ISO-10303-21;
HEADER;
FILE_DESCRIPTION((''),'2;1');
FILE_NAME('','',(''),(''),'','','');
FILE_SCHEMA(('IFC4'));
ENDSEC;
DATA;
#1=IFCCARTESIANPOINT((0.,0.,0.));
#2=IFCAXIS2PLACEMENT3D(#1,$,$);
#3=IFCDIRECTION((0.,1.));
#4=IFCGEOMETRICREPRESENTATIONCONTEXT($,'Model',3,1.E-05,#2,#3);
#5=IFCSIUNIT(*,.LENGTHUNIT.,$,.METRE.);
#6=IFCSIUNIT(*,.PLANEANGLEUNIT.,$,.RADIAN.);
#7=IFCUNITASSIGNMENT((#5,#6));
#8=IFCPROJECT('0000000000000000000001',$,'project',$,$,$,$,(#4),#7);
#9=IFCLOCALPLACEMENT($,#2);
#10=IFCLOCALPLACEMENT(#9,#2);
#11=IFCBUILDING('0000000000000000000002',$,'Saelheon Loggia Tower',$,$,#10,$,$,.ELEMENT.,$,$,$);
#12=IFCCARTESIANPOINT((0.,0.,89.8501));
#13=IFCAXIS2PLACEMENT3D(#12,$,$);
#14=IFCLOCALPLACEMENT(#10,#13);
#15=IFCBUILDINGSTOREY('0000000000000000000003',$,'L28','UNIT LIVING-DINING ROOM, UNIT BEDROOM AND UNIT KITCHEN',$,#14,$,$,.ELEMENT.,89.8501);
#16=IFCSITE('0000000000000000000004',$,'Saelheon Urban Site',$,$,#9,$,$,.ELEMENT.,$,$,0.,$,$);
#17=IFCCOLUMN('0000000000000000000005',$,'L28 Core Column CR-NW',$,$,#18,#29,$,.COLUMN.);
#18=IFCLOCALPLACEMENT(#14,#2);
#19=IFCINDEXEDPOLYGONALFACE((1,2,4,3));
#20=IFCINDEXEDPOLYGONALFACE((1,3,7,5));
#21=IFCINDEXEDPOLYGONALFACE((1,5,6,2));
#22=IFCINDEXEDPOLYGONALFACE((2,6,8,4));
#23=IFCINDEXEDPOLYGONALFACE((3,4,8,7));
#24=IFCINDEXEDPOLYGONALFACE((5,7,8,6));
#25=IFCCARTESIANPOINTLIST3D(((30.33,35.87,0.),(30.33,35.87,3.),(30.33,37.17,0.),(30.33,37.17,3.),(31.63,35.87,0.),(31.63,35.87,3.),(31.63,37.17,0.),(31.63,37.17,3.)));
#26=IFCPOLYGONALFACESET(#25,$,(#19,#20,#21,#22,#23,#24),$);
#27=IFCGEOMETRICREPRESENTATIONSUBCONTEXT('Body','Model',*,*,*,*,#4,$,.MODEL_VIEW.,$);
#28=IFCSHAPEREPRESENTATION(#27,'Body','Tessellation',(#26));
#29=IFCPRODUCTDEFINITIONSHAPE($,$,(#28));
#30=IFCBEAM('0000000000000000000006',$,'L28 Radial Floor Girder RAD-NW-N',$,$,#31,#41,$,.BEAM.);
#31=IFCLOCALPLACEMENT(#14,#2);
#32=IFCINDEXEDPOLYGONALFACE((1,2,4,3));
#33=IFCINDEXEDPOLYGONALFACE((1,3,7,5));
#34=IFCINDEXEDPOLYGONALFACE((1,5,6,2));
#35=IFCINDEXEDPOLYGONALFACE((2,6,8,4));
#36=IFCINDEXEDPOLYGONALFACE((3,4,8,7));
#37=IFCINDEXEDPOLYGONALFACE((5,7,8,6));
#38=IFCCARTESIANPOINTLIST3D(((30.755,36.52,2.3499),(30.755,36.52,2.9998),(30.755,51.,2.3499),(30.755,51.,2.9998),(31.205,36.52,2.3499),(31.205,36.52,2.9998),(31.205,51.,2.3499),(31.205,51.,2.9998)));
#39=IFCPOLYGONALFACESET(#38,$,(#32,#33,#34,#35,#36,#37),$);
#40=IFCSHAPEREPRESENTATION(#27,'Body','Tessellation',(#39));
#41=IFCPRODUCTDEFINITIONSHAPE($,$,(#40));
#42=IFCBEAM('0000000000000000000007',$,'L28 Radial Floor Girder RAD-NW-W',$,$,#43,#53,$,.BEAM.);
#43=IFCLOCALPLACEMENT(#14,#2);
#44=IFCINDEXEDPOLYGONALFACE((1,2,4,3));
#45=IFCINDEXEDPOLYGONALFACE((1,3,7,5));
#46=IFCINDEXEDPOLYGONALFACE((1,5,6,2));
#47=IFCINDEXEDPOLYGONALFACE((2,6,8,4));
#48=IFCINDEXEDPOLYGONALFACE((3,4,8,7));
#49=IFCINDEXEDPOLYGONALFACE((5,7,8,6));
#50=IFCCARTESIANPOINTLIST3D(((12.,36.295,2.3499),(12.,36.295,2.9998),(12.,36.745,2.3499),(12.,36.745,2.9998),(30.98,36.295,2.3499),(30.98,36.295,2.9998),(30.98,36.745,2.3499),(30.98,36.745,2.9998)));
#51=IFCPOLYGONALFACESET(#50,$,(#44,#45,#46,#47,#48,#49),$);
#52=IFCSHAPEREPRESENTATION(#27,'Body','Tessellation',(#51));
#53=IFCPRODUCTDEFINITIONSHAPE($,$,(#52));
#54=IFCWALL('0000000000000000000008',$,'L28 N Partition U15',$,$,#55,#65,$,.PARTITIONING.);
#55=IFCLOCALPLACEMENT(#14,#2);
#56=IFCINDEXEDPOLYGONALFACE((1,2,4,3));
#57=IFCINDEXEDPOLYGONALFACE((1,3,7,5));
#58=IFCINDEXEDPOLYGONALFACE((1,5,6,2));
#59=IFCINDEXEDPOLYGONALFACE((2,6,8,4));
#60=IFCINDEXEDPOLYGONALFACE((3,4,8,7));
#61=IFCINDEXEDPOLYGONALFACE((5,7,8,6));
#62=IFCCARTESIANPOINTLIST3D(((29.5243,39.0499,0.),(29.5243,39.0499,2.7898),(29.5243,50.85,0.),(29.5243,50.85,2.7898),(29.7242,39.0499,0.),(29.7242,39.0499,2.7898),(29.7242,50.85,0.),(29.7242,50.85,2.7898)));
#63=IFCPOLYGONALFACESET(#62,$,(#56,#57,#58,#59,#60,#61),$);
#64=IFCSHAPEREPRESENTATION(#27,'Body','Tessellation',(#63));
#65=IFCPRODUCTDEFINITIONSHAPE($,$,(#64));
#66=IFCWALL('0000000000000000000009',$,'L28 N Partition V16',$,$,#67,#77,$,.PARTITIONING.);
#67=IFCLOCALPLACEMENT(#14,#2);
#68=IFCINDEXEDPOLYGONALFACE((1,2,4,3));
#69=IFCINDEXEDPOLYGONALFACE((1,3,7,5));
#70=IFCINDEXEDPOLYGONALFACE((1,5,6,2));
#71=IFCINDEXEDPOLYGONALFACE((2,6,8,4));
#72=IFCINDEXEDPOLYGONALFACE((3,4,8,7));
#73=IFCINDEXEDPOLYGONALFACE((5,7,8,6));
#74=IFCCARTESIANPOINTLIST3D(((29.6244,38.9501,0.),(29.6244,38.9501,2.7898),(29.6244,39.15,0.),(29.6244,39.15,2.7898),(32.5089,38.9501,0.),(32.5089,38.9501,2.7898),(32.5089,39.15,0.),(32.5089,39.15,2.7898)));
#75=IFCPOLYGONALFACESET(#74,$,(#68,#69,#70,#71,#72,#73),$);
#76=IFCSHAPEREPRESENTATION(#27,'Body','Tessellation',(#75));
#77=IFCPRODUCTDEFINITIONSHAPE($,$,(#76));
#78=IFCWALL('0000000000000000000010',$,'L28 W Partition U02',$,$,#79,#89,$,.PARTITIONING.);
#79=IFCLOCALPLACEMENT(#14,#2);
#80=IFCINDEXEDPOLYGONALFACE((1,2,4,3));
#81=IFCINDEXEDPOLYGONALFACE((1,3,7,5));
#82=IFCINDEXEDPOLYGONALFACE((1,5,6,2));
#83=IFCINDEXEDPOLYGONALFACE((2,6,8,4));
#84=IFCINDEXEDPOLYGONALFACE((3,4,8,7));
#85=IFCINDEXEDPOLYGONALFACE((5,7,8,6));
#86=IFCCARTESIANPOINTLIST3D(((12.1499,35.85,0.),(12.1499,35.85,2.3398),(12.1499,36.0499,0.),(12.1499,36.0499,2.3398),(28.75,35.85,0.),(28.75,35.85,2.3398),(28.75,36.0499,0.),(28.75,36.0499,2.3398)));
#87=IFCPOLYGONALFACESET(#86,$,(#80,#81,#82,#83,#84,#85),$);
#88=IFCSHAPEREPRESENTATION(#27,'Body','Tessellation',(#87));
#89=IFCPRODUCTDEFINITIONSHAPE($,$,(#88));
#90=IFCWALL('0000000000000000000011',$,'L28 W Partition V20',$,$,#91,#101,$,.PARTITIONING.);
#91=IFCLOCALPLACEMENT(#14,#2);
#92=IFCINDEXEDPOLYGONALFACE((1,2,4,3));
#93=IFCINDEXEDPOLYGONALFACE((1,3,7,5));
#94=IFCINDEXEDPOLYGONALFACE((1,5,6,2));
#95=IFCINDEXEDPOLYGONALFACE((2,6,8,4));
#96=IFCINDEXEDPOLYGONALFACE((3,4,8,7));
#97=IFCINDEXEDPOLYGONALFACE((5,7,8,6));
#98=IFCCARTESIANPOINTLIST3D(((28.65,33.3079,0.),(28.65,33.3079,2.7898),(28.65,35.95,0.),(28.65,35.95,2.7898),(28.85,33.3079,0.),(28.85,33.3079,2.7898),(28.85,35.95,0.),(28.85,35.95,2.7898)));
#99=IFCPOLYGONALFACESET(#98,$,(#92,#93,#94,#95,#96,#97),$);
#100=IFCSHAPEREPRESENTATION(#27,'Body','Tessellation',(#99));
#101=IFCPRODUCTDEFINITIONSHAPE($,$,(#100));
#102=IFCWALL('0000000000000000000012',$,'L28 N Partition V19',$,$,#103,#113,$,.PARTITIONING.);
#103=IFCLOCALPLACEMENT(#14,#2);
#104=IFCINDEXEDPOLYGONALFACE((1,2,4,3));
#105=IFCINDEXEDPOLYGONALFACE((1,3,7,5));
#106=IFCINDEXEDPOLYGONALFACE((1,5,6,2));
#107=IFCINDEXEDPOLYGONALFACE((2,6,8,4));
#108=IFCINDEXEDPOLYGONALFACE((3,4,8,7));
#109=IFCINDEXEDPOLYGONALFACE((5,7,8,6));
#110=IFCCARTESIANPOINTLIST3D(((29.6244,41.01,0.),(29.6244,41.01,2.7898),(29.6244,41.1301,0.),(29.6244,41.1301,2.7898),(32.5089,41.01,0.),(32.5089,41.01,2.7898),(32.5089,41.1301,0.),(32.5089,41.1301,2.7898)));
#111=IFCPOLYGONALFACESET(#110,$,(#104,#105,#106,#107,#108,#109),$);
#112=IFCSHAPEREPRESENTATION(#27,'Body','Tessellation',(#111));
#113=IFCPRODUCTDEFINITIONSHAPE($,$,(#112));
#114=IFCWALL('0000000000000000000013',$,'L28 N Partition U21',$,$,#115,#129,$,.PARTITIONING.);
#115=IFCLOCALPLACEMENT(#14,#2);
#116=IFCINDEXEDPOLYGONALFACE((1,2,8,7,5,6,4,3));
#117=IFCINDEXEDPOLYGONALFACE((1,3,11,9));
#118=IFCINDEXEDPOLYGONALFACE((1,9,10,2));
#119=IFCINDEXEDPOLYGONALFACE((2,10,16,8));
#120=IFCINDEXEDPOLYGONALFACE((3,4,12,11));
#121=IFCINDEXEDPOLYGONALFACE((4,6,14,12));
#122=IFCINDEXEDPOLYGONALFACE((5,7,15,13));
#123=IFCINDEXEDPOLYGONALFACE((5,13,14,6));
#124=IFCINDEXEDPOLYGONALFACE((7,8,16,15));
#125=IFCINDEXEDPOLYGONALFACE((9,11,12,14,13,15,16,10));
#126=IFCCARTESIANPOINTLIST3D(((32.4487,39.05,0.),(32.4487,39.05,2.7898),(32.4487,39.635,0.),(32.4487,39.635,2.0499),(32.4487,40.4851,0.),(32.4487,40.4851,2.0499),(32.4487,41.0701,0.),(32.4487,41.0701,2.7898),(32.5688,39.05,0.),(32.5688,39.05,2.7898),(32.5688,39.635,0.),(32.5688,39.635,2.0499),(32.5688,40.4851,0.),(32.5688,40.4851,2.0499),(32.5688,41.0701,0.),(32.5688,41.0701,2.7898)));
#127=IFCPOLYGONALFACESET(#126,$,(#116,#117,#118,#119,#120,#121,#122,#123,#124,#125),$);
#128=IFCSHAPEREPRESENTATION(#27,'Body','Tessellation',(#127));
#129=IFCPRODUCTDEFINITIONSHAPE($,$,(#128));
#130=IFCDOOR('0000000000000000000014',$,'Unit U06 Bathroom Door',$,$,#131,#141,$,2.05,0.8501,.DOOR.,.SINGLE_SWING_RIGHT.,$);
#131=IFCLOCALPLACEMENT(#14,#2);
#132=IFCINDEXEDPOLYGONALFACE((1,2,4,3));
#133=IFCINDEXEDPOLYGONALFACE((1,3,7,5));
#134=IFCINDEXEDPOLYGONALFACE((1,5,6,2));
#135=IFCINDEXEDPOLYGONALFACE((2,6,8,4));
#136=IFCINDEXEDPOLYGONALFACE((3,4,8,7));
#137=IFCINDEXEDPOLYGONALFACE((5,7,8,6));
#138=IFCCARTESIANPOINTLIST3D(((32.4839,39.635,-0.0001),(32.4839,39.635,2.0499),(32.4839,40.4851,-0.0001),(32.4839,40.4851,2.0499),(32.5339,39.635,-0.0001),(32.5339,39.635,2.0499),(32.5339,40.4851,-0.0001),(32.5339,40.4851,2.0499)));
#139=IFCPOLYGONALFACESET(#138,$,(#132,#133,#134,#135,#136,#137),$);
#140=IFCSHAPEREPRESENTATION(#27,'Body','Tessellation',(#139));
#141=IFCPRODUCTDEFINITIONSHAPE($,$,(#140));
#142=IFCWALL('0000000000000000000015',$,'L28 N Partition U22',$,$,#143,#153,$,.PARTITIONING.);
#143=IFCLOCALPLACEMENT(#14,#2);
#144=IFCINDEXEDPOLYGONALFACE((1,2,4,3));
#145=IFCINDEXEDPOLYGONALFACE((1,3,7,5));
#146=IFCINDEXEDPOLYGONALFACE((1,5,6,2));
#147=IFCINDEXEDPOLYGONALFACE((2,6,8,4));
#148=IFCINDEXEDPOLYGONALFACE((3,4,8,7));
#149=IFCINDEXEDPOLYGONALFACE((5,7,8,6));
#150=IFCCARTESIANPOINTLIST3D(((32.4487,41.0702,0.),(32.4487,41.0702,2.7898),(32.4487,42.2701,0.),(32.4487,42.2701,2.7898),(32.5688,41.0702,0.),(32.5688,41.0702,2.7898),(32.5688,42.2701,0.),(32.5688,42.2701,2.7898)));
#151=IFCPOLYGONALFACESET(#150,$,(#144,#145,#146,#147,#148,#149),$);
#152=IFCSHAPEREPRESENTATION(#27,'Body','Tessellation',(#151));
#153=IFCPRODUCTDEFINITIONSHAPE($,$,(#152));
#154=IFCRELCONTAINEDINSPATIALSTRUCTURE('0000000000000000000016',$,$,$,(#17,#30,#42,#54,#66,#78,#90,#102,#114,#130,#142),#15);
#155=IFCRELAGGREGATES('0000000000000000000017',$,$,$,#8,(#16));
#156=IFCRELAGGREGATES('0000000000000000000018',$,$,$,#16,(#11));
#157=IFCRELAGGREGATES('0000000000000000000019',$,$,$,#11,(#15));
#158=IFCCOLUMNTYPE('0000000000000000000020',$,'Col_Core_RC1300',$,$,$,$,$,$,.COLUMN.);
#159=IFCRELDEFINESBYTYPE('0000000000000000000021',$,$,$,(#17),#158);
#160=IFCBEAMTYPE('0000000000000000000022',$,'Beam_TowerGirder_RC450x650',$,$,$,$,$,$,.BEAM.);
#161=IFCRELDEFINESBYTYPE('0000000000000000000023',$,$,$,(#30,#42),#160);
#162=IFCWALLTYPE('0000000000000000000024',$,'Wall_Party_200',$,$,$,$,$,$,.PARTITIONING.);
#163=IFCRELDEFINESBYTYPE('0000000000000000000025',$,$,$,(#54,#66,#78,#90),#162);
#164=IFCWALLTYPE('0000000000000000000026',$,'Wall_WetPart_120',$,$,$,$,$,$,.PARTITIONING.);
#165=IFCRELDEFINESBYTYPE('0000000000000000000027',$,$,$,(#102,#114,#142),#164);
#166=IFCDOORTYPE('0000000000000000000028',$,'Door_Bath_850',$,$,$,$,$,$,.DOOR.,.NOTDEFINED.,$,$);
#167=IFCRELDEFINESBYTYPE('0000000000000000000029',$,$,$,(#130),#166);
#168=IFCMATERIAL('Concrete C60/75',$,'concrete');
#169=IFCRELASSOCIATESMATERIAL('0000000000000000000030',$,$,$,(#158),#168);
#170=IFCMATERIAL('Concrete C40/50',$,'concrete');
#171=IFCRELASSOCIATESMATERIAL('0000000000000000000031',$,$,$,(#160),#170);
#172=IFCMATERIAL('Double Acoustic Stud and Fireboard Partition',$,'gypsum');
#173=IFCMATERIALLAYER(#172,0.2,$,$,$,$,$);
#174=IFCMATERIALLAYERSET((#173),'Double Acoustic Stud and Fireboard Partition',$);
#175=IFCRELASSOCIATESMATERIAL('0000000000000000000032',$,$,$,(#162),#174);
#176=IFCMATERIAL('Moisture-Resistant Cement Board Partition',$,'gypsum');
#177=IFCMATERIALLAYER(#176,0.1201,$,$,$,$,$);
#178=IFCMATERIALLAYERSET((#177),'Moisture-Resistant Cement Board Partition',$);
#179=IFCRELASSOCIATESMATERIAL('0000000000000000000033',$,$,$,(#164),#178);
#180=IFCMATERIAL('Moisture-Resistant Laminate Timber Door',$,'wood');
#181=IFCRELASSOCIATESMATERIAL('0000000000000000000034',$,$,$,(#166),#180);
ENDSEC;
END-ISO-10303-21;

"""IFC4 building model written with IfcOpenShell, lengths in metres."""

from ifc_helpers import new_model, si_unit, direction, frame, frame_2d, origin, origin_2d, place, context, subcontext, project, spatial, rectangle, extrude, source, transform, mapped, material, layer, layer_set, material_profile, profile_set, type_object, element, fill, save


model = new_model("IFC4")

# Units and contexts
model_context = context("Model", 3, precision=1e-05, world=origin(), true_north=direction((0.0, 1.0)))
body_context = subcontext(model_context, "Body", "Model", "MODEL_VIEW")
ifc_project = project(units=[si_unit("LENGTHUNIT", "METRE"), si_unit("PLANEANGLEUNIT", "RADIAN")], contexts=[model_context])

# Site, building, storey
site_placement = place(None, origin())
site = spatial("IfcSite", under=ifc_project, at=site_placement, Name="Saelheon Urban Site", CompositionType="ELEMENT", RefElevation=0.0)
building_placement = place(site_placement, origin())
building = spatial("IfcBuilding", under=site, at=building_placement, Name="Saelheon Loggia Tower", CompositionType="ELEMENT")
storey_placement = place(building_placement, frame((0.0, 0.0, 89.8501)))
storey = spatial("IfcBuildingStorey", under=building, at=storey_placement, Name="L28", Description="UNIT LIVING-DINING ROOM, UNIT BEDROOM AND UNIT KITCHEN", CompositionType="ELEMENT", Elevation=89.8501)

# Column
ifc_material_1 = material(Name="Concrete C60/75", Category="concrete")
ifc_material_profile_1 = material_profile(ifc_material_1, rectangle(XDim=1.3, YDim=1.3, at=origin_2d()), Name="RC-1300x1300")
ifc_profile_set_1 = profile_set([ifc_material_profile_1], Name="Concrete C60/75")
column_type = type_object("IfcColumnType", Name="Col_Core_RC1300", PredefinedType="COLUMN", material=ifc_profile_set_1)
shared_shape_1 = source(origin(), body_context, "Body", "SweptSolid", [
    extrude(rectangle(XDim=1.3, YDim=1.3, at=origin_2d()), origin(), (0.0, 0.0, 1.0), 3.0),
])
column_placement = place(storey_placement, frame((30.98, 36.52, 0.0), z_axis=(0.0, 0.0, 1.0), x_axis=(1.0, 0.0, 0.0)))
element("IfcColumn", 1, at=column_placement, inside=storey, type_object=column_type, Name="L28 Core Column CR-NW", PredefinedType="COLUMN", context=body_context, shape_type="MappedRepresentation", body=[
    mapped(shared_shape_1, transform((0.0, 0.0, 0.0), scale=1.0)),
])

# Beams
ifc_material_2 = material(Name="Concrete C40/50", Category="concrete")
ifc_material_profile_2 = material_profile(ifc_material_2, rectangle(XDim=0.45, YDim=0.6499, at=origin_2d()), Name="RC-450x650")
ifc_profile_set_2 = profile_set([ifc_material_profile_2], Name="Concrete C40/50")
beam_type = type_object("IfcBeamType", Name="Beam_TowerGirder_RC450x650", PredefinedType="BEAM", material=ifc_profile_set_2)
shared_shape_2 = source(origin(), body_context, "Body", "SweptSolid", [
    extrude(rectangle(XDim=0.45, YDim=0.6499, at=origin_2d()), origin(), (0.0, 0.0, 1.0), 14.48),
])
beam_1_placement = place(storey_placement, frame((30.98, 36.52, 2.6748), z_axis=(0.0, 1.0, 0.0), x_axis=(-1.0, 0.0, 0.0)))
element("IfcBeam", 2, at=beam_1_placement, inside=storey, type_object=beam_type, Name="L28 Radial Floor Girder RAD-NW-N", PredefinedType="BEAM", context=body_context, shape_type="MappedRepresentation", body=[
    mapped(shared_shape_2, transform((0.0, 0.0, 0.0), scale=1.0)),
])
shared_shape_3 = source(origin(), body_context, "Body", "SweptSolid", [
    extrude(rectangle(XDim=0.45, YDim=0.6499, at=origin_2d()), origin(), (0.0, 0.0, 1.0), 18.98),
])
beam_2_placement = place(storey_placement, frame((30.98, 36.52, 2.6748), z_axis=(-1.0, 0.0, 0.0), x_axis=(0.0, -1.0, 0.0)))
element("IfcBeam", 3, at=beam_2_placement, inside=storey, type_object=beam_type, Name="L28 Radial Floor Girder RAD-NW-W", PredefinedType="BEAM", context=body_context, shape_type="MappedRepresentation", body=[
    mapped(shared_shape_3, transform((0.0, 0.0, 0.0), scale=1.0)),
])

# Walls
ifc_material_3 = material(Name="Double Acoustic Stud and Fireboard Partition", Category="gypsum")
ifc_layer_1 = layer(ifc_material_3, 0.2)
ifc_layer_set_1 = layer_set([ifc_layer_1], Name="Double Acoustic Stud and Fireboard Partition")
wall_type_1 = type_object("IfcWallType", Name="Wall_Party_200", PredefinedType="PARTITIONING", material=ifc_layer_set_1)
wall_1_placement = place(storey_placement, frame((29.6243, 39.05, 0.0), z_axis=(0.0, 0.0, 1.0), x_axis=(0.0, 1.0, 0.0)))
element("IfcWall", 4, at=wall_1_placement, inside=storey, type_object=wall_type_1, Name="L28 N Partition U15", PredefinedType="PARTITIONING", context=body_context, shape_type="SweptSolid", body=[
    extrude(rectangle(XDim=11.8, YDim=0.2, at=frame_2d((5.8999, 0.0))), origin(), (0.0, 0.0, 1.0), 2.7898),
])
wall_2_placement = place(storey_placement, frame((29.6243, 39.05, 0.0), z_axis=(0.0, 0.0, 1.0), x_axis=(1.0, 0.0, 0.0)))
element("IfcWall", 5, at=wall_2_placement, inside=storey, type_object=wall_type_1, Name="L28 N Partition V16", PredefinedType="PARTITIONING", context=body_context, shape_type="SweptSolid", body=[
    extrude(rectangle(XDim=2.8845, YDim=0.2, at=frame_2d((1.4424, 0.0))), origin(), (0.0, 0.0, 1.0), 2.7898),
])

# Walls
wall_3_placement = place(storey_placement, frame((28.75, 35.95, 0.0), z_axis=(0.0, 0.0, 1.0), x_axis=(-1.0, 0.0, 0.0)))
element("IfcWall", 6, at=wall_3_placement, inside=storey, type_object=wall_type_1, Name="L28 W Partition U02", PredefinedType="PARTITIONING", context=body_context, shape_type="SweptSolid", body=[
    extrude(rectangle(XDim=16.6001, YDim=0.2, at=frame_2d((8.3, 0.0))), origin(), (0.0, 0.0, 1.0), 2.3398),
])
wall_4_placement = place(storey_placement, frame((28.75, 33.3079, 0.0), z_axis=(0.0, 0.0, 1.0), x_axis=(0.0, 1.0, 0.0)))
element("IfcWall", 7, at=wall_4_placement, inside=storey, type_object=wall_type_1, Name="L28 W Partition V20", PredefinedType="PARTITIONING", context=body_context, shape_type="SweptSolid", body=[
    extrude(rectangle(XDim=2.6421, YDim=0.2, at=frame_2d((1.321, 0.0))), origin(), (0.0, 0.0, 1.0), 2.7898),
])
ifc_material_4 = material(Name="Moisture-Resistant Cement Board Partition", Category="gypsum")
ifc_layer_2 = layer(ifc_material_4, 0.1201)
ifc_layer_set_2 = layer_set([ifc_layer_2], Name="Moisture-Resistant Cement Board Partition")
wall_type_2 = type_object("IfcWallType", Name="Wall_WetPart_120", PredefinedType="PARTITIONING", material=ifc_layer_set_2)
wall_5_placement = place(storey_placement, frame((29.6243, 41.0701, 0.0), z_axis=(0.0, 0.0, 1.0), x_axis=(1.0, 0.0, 0.0)))
element("IfcWall", 8, at=wall_5_placement, inside=storey, type_object=wall_type_2, Name="L28 N Partition V19", PredefinedType="PARTITIONING", context=body_context, shape_type="SweptSolid", body=[
    extrude(rectangle(XDim=2.8845, YDim=0.1201, at=frame_2d((1.4424, 0.0))), origin(), (0.0, 0.0, 1.0), 2.7898),
])

# Wall, opening, door
wall_6_placement = place(storey_placement, frame((32.5088, 39.05, 0.0), z_axis=(0.0, 0.0, 1.0), x_axis=(0.0, 1.0, 0.0)))
wall_6 = element("IfcWall", 9, at=wall_6_placement, inside=storey, type_object=wall_type_2, Name="L28 N Partition U21", PredefinedType="PARTITIONING", context=body_context, shape_type="SweptSolid", body=[
    extrude(rectangle(XDim=2.02, YDim=0.1201, at=frame_2d((1.01, 0.0))), origin(), (0.0, 0.0, 1.0), 2.7898),
])
opening_1_placement = place(wall_6_placement, frame((0.585, 0.0, 0.0)))
opening_1 = element("IfcOpeningElement", 10, at=opening_1_placement, cuts=wall_6, PredefinedType="OPENING", context=body_context, shape_type="SweptSolid", body=[
    extrude(rectangle(XDim=0.8501, YDim=2.05, at=frame_2d((0.425, 1.0249))), frame((0.0, 0.072, 0.0), z_axis=(0.0, -1.0, 0.0), x_axis=(1.0, 0.0, 0.0)), (0.0, 0.0, 1.0), 0.144),
])
ifc_material_5 = material(Name="Moisture-Resistant Laminate Timber Door", Category="wood")
door_type_1 = type_object("IfcDoorType", Name="Door_Bath_850", OperationType="NOTDEFINED", PredefinedType="DOOR", material=ifc_material_5)
shared_shape_4 = source(origin(), body_context, "Body", "SweptSolid", [
    extrude(rectangle(XDim=0.8501, YDim=2.05, at=frame_2d((0.425, 1.0249))), frame((0.0, 0.0249, 0.0), z_axis=(0.0, -1.0, 0.0), x_axis=(1.0, 0.0, 0.0)), (0.0, 0.0, 1.0), 0.05),
])
door_1_placement = place(opening_1_placement, origin())
door_1 = element("IfcDoor", 11, at=door_1_placement, inside=storey, type_object=door_type_1, Name="Unit U06 Bathroom Door", OperationType="SINGLE_SWING_RIGHT", OverallHeight=2.05, OverallWidth=0.8501, PredefinedType="DOOR", context=body_context, shape_type="MappedRepresentation", body=[
    mapped(shared_shape_4, transform((0.0, 0.0, 0.0), scale=1.0)),
])
fill(opening_1, door_1)

# Wall
wall_7_placement = place(storey_placement, frame((32.5088, 41.0701, 0.0), z_axis=(0.0, 0.0, 1.0), x_axis=(0.0, 1.0, 0.0)))
element("IfcWall", 12, at=wall_7_placement, inside=storey, type_object=wall_type_2, Name="L28 N Partition U22", PredefinedType="PARTITIONING", context=body_context, shape_type="SweptSolid", body=[
    extrude(rectangle(XDim=1.2, YDim=0.1201, at=frame_2d((0.6001, 0.0))), origin(), (0.0, 0.0, 1.0), 2.7898),
])

save(model, "model.ifc")
